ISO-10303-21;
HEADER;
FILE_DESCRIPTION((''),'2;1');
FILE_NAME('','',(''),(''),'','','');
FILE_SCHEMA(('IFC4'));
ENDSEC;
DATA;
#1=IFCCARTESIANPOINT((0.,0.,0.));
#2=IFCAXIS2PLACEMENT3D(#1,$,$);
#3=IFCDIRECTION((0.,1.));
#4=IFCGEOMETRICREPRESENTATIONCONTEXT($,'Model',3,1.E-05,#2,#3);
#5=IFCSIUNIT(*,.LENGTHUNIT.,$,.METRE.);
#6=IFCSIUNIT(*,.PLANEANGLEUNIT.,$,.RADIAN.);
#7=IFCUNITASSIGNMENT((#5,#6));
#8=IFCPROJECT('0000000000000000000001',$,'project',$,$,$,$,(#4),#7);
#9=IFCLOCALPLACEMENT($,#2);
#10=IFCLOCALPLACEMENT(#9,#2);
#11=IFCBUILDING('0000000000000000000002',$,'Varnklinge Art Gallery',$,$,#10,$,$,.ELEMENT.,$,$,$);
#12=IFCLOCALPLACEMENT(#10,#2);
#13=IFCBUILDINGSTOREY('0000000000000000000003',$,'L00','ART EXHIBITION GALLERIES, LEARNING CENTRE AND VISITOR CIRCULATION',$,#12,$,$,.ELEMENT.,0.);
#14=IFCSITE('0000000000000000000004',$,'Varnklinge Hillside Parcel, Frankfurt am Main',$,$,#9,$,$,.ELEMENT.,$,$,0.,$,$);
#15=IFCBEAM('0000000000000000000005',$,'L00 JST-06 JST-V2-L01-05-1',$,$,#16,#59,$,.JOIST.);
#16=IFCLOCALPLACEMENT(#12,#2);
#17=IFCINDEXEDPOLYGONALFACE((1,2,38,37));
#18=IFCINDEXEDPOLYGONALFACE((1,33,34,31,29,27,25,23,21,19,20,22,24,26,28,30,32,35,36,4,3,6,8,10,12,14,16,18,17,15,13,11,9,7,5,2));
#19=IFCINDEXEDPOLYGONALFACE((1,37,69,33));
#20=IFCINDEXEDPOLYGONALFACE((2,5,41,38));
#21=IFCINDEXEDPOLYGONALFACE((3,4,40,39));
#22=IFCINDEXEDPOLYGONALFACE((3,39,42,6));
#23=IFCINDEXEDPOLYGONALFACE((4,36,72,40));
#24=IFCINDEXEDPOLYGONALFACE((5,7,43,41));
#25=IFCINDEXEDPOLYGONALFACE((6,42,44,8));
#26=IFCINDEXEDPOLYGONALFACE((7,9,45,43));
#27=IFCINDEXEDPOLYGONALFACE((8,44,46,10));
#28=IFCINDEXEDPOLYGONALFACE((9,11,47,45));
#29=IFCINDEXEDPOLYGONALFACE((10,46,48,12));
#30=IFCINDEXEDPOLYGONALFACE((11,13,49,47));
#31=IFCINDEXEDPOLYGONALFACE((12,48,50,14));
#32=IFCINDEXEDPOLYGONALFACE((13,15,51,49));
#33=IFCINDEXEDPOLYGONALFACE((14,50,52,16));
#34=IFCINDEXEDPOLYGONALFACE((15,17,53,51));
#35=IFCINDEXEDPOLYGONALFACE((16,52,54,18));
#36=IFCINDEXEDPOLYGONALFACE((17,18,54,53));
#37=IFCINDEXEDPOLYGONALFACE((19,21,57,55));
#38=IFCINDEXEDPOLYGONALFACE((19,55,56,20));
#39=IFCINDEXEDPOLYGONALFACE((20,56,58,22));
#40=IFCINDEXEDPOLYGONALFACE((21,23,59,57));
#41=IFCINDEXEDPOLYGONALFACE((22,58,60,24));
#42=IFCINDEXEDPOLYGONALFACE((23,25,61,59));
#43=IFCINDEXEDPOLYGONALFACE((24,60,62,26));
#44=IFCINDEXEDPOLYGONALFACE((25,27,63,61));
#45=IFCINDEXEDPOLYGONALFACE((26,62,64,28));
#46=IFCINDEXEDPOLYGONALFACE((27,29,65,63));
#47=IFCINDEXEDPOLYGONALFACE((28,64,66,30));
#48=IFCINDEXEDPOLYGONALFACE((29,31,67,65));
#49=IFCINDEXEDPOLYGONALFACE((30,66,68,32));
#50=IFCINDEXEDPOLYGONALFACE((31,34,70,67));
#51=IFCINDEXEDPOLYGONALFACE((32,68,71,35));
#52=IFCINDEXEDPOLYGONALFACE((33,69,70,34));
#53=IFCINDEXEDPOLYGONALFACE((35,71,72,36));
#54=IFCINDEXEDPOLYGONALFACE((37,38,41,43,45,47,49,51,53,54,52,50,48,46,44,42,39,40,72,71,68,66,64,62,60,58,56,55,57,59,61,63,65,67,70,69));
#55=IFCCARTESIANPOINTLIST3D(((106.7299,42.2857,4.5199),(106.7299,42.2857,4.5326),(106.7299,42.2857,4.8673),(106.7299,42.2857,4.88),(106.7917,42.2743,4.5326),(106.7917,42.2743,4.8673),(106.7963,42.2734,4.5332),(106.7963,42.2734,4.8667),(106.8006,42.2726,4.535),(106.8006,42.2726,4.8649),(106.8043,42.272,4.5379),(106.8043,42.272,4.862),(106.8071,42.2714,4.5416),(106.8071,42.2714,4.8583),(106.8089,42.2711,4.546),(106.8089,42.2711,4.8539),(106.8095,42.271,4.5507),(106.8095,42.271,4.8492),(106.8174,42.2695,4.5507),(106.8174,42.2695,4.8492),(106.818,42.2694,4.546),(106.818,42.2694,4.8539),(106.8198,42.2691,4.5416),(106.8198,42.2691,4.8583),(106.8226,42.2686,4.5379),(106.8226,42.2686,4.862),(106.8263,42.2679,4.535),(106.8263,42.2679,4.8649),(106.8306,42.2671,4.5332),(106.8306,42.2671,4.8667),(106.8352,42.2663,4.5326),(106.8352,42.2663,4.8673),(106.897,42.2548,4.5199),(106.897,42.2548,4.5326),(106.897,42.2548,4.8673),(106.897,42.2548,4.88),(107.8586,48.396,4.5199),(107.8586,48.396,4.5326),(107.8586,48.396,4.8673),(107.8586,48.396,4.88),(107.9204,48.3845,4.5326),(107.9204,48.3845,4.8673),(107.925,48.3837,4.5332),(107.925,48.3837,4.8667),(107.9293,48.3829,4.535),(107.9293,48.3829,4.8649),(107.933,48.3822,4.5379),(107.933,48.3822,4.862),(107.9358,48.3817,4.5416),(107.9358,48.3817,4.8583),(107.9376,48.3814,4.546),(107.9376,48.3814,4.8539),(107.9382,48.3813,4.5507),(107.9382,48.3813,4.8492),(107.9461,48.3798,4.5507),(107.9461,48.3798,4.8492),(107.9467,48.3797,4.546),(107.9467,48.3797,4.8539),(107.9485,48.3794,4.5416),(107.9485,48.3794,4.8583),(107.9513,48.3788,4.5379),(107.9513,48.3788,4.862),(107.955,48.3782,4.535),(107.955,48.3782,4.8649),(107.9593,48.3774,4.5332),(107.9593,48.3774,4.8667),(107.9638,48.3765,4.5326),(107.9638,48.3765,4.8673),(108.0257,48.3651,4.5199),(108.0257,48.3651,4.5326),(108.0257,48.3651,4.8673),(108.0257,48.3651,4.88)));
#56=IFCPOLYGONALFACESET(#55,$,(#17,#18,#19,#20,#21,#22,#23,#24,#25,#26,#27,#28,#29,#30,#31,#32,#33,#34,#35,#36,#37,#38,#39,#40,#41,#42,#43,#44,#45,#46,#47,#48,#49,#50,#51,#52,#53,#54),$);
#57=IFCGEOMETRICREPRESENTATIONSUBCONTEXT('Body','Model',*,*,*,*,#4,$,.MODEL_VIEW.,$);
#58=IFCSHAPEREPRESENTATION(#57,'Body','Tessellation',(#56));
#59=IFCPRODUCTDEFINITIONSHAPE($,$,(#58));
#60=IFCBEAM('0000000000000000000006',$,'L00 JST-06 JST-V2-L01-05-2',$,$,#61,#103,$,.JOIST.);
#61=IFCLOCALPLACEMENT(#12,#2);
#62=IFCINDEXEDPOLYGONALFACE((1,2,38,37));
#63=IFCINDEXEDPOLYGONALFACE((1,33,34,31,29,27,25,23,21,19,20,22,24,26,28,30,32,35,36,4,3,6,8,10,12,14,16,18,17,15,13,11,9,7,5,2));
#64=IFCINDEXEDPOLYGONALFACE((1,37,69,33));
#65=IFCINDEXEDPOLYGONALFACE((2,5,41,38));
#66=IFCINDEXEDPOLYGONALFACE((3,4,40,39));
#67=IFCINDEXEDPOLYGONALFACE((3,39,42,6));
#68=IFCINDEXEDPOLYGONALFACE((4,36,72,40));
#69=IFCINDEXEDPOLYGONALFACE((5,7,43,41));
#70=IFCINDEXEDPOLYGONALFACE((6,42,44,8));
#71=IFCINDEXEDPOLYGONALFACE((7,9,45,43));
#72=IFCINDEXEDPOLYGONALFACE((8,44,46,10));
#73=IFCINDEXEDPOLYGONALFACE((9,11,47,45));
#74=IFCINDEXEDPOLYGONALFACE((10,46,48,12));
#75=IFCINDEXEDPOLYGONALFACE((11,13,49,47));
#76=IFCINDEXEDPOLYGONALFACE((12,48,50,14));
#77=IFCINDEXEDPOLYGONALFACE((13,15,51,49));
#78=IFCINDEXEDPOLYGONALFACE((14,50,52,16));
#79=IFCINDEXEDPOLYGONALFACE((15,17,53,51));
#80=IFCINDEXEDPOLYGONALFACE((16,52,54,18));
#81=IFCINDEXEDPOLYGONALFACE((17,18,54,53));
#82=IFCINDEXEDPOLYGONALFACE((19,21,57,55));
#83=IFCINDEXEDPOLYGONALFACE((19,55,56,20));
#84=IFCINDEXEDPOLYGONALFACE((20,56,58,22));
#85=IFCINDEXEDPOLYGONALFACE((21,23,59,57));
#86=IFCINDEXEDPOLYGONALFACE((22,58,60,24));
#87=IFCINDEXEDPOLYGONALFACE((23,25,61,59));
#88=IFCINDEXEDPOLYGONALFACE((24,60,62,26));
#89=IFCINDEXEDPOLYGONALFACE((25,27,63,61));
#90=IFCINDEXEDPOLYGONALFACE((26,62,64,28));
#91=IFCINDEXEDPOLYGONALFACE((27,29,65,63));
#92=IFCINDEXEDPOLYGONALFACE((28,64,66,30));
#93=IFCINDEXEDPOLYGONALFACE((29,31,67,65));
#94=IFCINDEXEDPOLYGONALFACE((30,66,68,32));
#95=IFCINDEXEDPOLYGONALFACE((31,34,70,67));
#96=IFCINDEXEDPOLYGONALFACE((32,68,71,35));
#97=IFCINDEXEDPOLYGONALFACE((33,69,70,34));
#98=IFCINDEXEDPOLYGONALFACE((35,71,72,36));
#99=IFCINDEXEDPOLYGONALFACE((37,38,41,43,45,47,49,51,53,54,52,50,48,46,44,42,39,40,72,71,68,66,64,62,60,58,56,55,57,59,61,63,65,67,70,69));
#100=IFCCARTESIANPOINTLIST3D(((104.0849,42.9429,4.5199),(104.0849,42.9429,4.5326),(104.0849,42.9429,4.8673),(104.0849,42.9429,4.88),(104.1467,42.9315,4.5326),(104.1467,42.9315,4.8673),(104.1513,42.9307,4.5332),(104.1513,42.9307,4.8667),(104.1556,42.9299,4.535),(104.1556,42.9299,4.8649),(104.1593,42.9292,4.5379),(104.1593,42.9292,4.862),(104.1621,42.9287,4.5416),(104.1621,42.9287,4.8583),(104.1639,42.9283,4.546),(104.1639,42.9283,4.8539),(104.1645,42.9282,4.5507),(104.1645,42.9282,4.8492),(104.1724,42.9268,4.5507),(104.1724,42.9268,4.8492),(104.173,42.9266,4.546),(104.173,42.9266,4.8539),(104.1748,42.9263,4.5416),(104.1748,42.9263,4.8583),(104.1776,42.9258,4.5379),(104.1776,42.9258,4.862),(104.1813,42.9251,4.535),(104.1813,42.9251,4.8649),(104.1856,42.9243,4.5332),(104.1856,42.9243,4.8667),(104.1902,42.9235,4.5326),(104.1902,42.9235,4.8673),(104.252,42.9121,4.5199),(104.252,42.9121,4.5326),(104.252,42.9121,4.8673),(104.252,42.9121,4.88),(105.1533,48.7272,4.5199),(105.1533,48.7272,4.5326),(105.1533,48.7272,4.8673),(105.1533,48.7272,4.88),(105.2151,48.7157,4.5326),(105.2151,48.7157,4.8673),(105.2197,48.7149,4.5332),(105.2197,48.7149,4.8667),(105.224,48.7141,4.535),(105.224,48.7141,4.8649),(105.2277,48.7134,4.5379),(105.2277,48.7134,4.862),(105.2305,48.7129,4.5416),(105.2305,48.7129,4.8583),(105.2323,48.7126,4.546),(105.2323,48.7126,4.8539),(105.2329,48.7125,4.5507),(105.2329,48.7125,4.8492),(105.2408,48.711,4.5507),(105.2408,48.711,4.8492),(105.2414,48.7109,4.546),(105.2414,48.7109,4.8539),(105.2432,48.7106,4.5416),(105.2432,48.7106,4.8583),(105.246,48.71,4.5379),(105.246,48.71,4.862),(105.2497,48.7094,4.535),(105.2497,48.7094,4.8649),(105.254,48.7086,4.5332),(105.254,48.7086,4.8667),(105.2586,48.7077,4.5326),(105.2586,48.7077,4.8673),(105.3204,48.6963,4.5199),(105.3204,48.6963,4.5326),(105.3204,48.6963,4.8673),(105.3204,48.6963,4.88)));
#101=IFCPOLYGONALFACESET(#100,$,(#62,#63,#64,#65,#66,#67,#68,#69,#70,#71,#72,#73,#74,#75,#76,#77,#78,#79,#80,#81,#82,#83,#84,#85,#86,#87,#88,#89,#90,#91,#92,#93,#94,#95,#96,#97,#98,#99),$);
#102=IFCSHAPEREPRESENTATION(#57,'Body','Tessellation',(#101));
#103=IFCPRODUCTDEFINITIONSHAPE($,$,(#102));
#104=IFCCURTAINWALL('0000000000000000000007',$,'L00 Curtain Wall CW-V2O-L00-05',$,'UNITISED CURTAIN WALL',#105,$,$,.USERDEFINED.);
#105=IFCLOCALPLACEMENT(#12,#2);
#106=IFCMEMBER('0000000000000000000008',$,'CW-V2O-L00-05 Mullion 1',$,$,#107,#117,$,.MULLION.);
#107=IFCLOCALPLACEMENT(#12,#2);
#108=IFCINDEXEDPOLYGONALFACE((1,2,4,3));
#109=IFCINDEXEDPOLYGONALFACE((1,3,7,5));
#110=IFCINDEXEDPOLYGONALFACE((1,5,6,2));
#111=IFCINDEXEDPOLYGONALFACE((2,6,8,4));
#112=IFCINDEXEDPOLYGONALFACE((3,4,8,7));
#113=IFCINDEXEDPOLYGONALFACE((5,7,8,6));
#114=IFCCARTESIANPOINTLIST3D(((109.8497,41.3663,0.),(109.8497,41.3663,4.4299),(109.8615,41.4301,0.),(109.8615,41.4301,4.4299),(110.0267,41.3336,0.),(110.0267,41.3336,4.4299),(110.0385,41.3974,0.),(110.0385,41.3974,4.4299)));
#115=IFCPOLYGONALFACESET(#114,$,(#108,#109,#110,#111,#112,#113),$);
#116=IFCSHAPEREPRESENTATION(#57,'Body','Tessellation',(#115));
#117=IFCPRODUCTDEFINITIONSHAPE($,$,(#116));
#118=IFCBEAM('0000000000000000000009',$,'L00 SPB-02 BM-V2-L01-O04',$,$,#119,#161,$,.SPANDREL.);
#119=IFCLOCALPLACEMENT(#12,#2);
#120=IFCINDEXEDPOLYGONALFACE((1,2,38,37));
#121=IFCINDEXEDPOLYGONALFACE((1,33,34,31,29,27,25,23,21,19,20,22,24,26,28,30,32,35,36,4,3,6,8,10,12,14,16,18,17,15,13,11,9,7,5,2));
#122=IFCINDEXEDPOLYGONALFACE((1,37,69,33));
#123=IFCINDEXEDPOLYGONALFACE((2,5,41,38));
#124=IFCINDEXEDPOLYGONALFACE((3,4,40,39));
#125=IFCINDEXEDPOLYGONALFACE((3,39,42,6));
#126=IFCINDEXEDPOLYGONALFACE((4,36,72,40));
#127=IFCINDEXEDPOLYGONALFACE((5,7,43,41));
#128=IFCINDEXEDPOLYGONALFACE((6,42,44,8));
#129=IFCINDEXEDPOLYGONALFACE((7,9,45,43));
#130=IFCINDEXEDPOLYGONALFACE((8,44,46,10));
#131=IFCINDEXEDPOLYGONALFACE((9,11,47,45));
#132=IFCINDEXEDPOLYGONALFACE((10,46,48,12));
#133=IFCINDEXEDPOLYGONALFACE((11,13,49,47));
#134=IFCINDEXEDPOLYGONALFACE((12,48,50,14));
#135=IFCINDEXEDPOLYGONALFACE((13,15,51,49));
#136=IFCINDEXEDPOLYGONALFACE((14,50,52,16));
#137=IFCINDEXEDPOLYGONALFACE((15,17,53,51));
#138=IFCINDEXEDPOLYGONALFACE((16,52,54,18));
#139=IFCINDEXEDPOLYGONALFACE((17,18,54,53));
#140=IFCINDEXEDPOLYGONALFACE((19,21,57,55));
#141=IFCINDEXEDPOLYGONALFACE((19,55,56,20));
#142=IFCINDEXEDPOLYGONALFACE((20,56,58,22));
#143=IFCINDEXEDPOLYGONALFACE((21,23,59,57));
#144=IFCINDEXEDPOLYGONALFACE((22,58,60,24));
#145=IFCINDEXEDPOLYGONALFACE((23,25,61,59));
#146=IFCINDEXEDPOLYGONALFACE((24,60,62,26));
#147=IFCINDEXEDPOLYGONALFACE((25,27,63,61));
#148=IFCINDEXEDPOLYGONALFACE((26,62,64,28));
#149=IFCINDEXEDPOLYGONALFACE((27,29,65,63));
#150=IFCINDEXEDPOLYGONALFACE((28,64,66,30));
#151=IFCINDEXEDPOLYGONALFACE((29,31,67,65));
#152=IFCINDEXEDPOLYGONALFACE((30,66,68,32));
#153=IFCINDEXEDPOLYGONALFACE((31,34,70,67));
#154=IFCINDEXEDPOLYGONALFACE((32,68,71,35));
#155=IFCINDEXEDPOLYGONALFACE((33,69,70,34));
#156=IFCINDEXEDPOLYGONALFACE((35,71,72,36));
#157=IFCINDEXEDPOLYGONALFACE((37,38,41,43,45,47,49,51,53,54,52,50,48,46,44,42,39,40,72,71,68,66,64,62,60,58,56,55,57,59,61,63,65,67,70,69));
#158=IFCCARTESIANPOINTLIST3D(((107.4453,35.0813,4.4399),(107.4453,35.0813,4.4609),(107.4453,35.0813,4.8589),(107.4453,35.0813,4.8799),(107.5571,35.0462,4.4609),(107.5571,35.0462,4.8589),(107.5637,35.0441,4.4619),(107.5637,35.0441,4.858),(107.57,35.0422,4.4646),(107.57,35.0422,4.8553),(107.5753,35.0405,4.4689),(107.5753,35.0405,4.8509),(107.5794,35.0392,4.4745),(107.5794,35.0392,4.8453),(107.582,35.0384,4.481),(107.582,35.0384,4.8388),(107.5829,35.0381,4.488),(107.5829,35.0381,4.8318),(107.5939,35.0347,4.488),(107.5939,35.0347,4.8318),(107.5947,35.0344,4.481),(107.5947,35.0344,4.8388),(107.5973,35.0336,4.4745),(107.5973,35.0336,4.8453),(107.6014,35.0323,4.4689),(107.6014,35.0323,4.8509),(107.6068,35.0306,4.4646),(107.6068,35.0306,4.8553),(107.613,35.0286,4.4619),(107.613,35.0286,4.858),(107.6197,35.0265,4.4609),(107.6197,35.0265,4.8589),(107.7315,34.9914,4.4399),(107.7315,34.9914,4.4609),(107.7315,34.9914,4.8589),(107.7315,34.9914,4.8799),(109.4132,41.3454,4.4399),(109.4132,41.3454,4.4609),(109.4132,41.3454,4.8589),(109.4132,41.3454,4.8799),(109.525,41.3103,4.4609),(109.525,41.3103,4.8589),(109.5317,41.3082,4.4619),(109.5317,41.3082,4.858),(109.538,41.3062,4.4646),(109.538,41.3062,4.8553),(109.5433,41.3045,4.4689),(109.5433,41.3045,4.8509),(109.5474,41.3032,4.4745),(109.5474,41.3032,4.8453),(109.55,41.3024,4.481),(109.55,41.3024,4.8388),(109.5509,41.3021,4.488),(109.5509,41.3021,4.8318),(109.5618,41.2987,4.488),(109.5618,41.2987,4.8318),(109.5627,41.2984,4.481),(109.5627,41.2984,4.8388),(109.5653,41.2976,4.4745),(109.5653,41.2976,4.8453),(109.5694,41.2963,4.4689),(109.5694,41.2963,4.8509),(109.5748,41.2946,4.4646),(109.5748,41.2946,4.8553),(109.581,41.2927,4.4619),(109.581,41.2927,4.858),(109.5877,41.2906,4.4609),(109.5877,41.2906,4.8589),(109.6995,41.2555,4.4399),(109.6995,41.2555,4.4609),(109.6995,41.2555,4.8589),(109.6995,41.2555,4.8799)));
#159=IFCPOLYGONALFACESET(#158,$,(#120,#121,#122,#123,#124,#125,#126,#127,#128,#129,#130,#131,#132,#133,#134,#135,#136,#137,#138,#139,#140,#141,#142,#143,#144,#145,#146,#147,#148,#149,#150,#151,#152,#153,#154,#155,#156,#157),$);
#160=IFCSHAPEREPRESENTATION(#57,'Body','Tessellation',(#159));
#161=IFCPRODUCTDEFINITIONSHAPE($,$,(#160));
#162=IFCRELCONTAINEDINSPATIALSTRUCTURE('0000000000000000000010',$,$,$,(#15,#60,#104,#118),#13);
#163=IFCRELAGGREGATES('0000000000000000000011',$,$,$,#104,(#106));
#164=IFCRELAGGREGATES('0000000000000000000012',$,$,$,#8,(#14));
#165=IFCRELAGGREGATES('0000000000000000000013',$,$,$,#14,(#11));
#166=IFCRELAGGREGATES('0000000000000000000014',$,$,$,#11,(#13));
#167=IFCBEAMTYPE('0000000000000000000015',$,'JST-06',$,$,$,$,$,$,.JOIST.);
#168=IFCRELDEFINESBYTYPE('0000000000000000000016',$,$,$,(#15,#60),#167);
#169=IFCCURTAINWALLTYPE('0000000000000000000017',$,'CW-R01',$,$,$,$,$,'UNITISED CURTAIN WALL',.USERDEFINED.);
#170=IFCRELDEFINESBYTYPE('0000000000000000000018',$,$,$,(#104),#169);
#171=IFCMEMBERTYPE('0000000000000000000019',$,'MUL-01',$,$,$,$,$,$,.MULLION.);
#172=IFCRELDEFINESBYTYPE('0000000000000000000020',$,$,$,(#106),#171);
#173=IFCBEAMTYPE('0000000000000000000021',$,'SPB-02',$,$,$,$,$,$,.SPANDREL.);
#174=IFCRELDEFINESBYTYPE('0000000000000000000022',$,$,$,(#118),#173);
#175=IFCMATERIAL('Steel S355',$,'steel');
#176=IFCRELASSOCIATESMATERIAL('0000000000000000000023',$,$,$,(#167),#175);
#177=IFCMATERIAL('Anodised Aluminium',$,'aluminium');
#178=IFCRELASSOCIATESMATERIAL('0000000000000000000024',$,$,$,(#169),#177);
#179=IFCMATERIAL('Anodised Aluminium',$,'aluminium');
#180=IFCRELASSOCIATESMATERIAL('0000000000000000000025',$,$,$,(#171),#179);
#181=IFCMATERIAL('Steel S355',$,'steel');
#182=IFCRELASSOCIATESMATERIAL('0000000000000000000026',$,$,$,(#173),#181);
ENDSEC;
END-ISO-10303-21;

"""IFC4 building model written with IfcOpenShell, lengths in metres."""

from ifc_helpers import new_model, si_unit, direction, frame, origin, origin_2d, place, context, subcontext, project, spatial, rectangle, i_section, extrude, material, material_profile, profile_set, type_object, element, aggregate, save


model = new_model("IFC4")

# Units and contexts
model_context = context("Model", 3, precision=1e-05, world=origin(), true_north=direction((0.0, 1.0)))
body_context = subcontext(model_context, "Body", "Model", "MODEL_VIEW")
ifc_project = project(units=[si_unit("LENGTHUNIT", "METRE"), si_unit("PLANEANGLEUNIT", "RADIAN")], contexts=[model_context])

# Site, building, storey
site_placement = place(None, origin())
site = spatial("IfcSite", under=ifc_project, at=site_placement, Name="Varnklinge Hillside Parcel, Frankfurt am Main", CompositionType="ELEMENT", RefElevation=0.0)
building_placement = place(site_placement, origin())
building = spatial("IfcBuilding", under=site, at=building_placement, Name="Varnklinge Art Gallery", CompositionType="ELEMENT")
storey_placement = place(building_placement, origin())
storey = spatial("IfcBuildingStorey", under=building, at=storey_placement, Name="L00", Description="ART EXHIBITION GALLERIES, LEARNING CENTRE AND VISITOR CIRCULATION", CompositionType="ELEMENT", Elevation=0.0)

# Beams
ifc_material_1 = material(Name="Steel S355", Category="steel")
ifc_material_profile_1 = material_profile(ifc_material_1, i_section(OverallWidth=0.1699, OverallDepth=0.3601, WebThickness=0.0081, FlangeThickness=0.0127, FilletRadius=0.0181, at=origin_2d()), Name="IPE 360")
ifc_profile_set_1 = profile_set([ifc_material_profile_1], Name="Steel S355")
beam_type_1 = type_object("IfcBeamType", Name="JST-06", PredefinedType="JOIST", material=ifc_profile_set_1)
beam_1_placement = place(storey_placement, frame((106.8135, 42.2703, 4.7), z_axis=(0.18164, 0.983365, 0.0), x_axis=(-0.983365, 0.18164, 0.0)))
element("IfcBeam", 1, at=beam_1_placement, inside=storey, type_object=beam_type_1, Name="L00 JST-06 JST-V2-L01-05-1", PredefinedType="JOIST", context=body_context, shape_type="SweptSolid", body=[
    extrude(i_section(OverallWidth=0.1699, OverallDepth=0.3601, WebThickness=0.0081, FlangeThickness=0.0127, FilletRadius=0.0181, at=origin_2d()), origin(), (0.0, 0.0, 1.0), 6.2136),
])
beam_2_placement = place(storey_placement, frame((104.1685, 42.9275, 4.7), z_axis=(0.181631, 0.983367, 0.0), x_axis=(-0.983367, 0.181631, 0.0)))
element("IfcBeam", 2, at=beam_2_placement, inside=storey, type_object=beam_type_1, Name="L00 JST-06 JST-V2-L01-05-2", PredefinedType="JOIST", context=body_context, shape_type="SweptSolid", body=[
    extrude(i_section(OverallWidth=0.1699, OverallDepth=0.3601, WebThickness=0.0081, FlangeThickness=0.0127, FilletRadius=0.0181, at=origin_2d()), origin(), (0.0, 0.0, 1.0), 5.8821),
])

# Curtain wall, member
ifc_material_2 = material(Name="Anodised Aluminium", Category="aluminium")
curtain_wall_type = type_object("IfcCurtainWallType", Name="CW-R01", ElementType="UNITISED CURTAIN WALL", PredefinedType="USERDEFINED", material=ifc_material_2)
curtain_wall_placement = place(storey_placement, origin())
curtain_wall = element("IfcCurtainWall", 3, at=curtain_wall_placement, inside=storey, type_object=curtain_wall_type, Name="L00 Curtain Wall CW-V2O-L00-05", ObjectType="UNITISED CURTAIN WALL", PredefinedType="USERDEFINED")
ifc_material_3 = material(Name="Anodised Aluminium", Category="aluminium")
ifc_material_profile_2 = material_profile(ifc_material_3, rectangle(XDim=0.0649, YDim=0.1799, at=origin_2d()), Name="ALU 65x180")
ifc_profile_set_2 = profile_set([ifc_material_profile_2], Name="Anodised Aluminium")
member_type_1 = type_object("IfcMemberType", Name="MUL-01", PredefinedType="MULLION", material=ifc_profile_set_2)
member_1_placement = place(storey_placement, frame((109.9441, 41.3818, 0.0), z_axis=(0.0, 0.0, 1.0), x_axis=(0.181721, 0.98335, 0.0)))
member_1 = element("IfcMember", 4, at=member_1_placement, type_object=member_type_1, Name="CW-V2O-L00-05 Mullion 1", PredefinedType="MULLION", context=body_context, shape_type="SweptSolid", body=[
    extrude(rectangle(XDim=0.0649, YDim=0.1799, at=origin_2d()), origin(), (0.0, 0.0, 1.0), 4.4299),
])

# Beam
ifc_material_4 = material(Name="Steel S355", Category="steel")
ifc_material_profile_3 = material_profile(ifc_material_4, i_section(OverallWidth=0.3, OverallDepth=0.4399, WebThickness=0.0115, FlangeThickness=0.021, FilletRadius=0.0271, at=origin_2d()), Name="HEA 450")
ifc_profile_set_3 = profile_set([ifc_material_profile_3], Name="Steel S355")
beam_type_2 = type_object("IfcBeamType", Name="SPB-02", PredefinedType="SPANDREL", material=ifc_profile_set_3)
beam_3_placement = place(storey_placement, frame((107.5884, 35.0364, 4.6599), z_axis=(0.299727, 0.954025, 0.0), x_axis=(-0.954025, 0.299727, 0.0)))
element("IfcBeam", 5, at=beam_3_placement, inside=storey, type_object=beam_type_2, Name="L00 SPB-02 BM-V2-L01-O04", PredefinedType="SPANDREL", context=body_context, shape_type="SweptSolid", body=[
    extrude(i_section(OverallWidth=0.3, OverallDepth=0.4399, WebThickness=0.0115, FlangeThickness=0.021, FilletRadius=0.0271, at=origin_2d()), origin(), (0.0, 0.0, 1.0), 6.5659),
])

aggregate(curtain_wall, [member_1])

save(model, "model.ifc")
